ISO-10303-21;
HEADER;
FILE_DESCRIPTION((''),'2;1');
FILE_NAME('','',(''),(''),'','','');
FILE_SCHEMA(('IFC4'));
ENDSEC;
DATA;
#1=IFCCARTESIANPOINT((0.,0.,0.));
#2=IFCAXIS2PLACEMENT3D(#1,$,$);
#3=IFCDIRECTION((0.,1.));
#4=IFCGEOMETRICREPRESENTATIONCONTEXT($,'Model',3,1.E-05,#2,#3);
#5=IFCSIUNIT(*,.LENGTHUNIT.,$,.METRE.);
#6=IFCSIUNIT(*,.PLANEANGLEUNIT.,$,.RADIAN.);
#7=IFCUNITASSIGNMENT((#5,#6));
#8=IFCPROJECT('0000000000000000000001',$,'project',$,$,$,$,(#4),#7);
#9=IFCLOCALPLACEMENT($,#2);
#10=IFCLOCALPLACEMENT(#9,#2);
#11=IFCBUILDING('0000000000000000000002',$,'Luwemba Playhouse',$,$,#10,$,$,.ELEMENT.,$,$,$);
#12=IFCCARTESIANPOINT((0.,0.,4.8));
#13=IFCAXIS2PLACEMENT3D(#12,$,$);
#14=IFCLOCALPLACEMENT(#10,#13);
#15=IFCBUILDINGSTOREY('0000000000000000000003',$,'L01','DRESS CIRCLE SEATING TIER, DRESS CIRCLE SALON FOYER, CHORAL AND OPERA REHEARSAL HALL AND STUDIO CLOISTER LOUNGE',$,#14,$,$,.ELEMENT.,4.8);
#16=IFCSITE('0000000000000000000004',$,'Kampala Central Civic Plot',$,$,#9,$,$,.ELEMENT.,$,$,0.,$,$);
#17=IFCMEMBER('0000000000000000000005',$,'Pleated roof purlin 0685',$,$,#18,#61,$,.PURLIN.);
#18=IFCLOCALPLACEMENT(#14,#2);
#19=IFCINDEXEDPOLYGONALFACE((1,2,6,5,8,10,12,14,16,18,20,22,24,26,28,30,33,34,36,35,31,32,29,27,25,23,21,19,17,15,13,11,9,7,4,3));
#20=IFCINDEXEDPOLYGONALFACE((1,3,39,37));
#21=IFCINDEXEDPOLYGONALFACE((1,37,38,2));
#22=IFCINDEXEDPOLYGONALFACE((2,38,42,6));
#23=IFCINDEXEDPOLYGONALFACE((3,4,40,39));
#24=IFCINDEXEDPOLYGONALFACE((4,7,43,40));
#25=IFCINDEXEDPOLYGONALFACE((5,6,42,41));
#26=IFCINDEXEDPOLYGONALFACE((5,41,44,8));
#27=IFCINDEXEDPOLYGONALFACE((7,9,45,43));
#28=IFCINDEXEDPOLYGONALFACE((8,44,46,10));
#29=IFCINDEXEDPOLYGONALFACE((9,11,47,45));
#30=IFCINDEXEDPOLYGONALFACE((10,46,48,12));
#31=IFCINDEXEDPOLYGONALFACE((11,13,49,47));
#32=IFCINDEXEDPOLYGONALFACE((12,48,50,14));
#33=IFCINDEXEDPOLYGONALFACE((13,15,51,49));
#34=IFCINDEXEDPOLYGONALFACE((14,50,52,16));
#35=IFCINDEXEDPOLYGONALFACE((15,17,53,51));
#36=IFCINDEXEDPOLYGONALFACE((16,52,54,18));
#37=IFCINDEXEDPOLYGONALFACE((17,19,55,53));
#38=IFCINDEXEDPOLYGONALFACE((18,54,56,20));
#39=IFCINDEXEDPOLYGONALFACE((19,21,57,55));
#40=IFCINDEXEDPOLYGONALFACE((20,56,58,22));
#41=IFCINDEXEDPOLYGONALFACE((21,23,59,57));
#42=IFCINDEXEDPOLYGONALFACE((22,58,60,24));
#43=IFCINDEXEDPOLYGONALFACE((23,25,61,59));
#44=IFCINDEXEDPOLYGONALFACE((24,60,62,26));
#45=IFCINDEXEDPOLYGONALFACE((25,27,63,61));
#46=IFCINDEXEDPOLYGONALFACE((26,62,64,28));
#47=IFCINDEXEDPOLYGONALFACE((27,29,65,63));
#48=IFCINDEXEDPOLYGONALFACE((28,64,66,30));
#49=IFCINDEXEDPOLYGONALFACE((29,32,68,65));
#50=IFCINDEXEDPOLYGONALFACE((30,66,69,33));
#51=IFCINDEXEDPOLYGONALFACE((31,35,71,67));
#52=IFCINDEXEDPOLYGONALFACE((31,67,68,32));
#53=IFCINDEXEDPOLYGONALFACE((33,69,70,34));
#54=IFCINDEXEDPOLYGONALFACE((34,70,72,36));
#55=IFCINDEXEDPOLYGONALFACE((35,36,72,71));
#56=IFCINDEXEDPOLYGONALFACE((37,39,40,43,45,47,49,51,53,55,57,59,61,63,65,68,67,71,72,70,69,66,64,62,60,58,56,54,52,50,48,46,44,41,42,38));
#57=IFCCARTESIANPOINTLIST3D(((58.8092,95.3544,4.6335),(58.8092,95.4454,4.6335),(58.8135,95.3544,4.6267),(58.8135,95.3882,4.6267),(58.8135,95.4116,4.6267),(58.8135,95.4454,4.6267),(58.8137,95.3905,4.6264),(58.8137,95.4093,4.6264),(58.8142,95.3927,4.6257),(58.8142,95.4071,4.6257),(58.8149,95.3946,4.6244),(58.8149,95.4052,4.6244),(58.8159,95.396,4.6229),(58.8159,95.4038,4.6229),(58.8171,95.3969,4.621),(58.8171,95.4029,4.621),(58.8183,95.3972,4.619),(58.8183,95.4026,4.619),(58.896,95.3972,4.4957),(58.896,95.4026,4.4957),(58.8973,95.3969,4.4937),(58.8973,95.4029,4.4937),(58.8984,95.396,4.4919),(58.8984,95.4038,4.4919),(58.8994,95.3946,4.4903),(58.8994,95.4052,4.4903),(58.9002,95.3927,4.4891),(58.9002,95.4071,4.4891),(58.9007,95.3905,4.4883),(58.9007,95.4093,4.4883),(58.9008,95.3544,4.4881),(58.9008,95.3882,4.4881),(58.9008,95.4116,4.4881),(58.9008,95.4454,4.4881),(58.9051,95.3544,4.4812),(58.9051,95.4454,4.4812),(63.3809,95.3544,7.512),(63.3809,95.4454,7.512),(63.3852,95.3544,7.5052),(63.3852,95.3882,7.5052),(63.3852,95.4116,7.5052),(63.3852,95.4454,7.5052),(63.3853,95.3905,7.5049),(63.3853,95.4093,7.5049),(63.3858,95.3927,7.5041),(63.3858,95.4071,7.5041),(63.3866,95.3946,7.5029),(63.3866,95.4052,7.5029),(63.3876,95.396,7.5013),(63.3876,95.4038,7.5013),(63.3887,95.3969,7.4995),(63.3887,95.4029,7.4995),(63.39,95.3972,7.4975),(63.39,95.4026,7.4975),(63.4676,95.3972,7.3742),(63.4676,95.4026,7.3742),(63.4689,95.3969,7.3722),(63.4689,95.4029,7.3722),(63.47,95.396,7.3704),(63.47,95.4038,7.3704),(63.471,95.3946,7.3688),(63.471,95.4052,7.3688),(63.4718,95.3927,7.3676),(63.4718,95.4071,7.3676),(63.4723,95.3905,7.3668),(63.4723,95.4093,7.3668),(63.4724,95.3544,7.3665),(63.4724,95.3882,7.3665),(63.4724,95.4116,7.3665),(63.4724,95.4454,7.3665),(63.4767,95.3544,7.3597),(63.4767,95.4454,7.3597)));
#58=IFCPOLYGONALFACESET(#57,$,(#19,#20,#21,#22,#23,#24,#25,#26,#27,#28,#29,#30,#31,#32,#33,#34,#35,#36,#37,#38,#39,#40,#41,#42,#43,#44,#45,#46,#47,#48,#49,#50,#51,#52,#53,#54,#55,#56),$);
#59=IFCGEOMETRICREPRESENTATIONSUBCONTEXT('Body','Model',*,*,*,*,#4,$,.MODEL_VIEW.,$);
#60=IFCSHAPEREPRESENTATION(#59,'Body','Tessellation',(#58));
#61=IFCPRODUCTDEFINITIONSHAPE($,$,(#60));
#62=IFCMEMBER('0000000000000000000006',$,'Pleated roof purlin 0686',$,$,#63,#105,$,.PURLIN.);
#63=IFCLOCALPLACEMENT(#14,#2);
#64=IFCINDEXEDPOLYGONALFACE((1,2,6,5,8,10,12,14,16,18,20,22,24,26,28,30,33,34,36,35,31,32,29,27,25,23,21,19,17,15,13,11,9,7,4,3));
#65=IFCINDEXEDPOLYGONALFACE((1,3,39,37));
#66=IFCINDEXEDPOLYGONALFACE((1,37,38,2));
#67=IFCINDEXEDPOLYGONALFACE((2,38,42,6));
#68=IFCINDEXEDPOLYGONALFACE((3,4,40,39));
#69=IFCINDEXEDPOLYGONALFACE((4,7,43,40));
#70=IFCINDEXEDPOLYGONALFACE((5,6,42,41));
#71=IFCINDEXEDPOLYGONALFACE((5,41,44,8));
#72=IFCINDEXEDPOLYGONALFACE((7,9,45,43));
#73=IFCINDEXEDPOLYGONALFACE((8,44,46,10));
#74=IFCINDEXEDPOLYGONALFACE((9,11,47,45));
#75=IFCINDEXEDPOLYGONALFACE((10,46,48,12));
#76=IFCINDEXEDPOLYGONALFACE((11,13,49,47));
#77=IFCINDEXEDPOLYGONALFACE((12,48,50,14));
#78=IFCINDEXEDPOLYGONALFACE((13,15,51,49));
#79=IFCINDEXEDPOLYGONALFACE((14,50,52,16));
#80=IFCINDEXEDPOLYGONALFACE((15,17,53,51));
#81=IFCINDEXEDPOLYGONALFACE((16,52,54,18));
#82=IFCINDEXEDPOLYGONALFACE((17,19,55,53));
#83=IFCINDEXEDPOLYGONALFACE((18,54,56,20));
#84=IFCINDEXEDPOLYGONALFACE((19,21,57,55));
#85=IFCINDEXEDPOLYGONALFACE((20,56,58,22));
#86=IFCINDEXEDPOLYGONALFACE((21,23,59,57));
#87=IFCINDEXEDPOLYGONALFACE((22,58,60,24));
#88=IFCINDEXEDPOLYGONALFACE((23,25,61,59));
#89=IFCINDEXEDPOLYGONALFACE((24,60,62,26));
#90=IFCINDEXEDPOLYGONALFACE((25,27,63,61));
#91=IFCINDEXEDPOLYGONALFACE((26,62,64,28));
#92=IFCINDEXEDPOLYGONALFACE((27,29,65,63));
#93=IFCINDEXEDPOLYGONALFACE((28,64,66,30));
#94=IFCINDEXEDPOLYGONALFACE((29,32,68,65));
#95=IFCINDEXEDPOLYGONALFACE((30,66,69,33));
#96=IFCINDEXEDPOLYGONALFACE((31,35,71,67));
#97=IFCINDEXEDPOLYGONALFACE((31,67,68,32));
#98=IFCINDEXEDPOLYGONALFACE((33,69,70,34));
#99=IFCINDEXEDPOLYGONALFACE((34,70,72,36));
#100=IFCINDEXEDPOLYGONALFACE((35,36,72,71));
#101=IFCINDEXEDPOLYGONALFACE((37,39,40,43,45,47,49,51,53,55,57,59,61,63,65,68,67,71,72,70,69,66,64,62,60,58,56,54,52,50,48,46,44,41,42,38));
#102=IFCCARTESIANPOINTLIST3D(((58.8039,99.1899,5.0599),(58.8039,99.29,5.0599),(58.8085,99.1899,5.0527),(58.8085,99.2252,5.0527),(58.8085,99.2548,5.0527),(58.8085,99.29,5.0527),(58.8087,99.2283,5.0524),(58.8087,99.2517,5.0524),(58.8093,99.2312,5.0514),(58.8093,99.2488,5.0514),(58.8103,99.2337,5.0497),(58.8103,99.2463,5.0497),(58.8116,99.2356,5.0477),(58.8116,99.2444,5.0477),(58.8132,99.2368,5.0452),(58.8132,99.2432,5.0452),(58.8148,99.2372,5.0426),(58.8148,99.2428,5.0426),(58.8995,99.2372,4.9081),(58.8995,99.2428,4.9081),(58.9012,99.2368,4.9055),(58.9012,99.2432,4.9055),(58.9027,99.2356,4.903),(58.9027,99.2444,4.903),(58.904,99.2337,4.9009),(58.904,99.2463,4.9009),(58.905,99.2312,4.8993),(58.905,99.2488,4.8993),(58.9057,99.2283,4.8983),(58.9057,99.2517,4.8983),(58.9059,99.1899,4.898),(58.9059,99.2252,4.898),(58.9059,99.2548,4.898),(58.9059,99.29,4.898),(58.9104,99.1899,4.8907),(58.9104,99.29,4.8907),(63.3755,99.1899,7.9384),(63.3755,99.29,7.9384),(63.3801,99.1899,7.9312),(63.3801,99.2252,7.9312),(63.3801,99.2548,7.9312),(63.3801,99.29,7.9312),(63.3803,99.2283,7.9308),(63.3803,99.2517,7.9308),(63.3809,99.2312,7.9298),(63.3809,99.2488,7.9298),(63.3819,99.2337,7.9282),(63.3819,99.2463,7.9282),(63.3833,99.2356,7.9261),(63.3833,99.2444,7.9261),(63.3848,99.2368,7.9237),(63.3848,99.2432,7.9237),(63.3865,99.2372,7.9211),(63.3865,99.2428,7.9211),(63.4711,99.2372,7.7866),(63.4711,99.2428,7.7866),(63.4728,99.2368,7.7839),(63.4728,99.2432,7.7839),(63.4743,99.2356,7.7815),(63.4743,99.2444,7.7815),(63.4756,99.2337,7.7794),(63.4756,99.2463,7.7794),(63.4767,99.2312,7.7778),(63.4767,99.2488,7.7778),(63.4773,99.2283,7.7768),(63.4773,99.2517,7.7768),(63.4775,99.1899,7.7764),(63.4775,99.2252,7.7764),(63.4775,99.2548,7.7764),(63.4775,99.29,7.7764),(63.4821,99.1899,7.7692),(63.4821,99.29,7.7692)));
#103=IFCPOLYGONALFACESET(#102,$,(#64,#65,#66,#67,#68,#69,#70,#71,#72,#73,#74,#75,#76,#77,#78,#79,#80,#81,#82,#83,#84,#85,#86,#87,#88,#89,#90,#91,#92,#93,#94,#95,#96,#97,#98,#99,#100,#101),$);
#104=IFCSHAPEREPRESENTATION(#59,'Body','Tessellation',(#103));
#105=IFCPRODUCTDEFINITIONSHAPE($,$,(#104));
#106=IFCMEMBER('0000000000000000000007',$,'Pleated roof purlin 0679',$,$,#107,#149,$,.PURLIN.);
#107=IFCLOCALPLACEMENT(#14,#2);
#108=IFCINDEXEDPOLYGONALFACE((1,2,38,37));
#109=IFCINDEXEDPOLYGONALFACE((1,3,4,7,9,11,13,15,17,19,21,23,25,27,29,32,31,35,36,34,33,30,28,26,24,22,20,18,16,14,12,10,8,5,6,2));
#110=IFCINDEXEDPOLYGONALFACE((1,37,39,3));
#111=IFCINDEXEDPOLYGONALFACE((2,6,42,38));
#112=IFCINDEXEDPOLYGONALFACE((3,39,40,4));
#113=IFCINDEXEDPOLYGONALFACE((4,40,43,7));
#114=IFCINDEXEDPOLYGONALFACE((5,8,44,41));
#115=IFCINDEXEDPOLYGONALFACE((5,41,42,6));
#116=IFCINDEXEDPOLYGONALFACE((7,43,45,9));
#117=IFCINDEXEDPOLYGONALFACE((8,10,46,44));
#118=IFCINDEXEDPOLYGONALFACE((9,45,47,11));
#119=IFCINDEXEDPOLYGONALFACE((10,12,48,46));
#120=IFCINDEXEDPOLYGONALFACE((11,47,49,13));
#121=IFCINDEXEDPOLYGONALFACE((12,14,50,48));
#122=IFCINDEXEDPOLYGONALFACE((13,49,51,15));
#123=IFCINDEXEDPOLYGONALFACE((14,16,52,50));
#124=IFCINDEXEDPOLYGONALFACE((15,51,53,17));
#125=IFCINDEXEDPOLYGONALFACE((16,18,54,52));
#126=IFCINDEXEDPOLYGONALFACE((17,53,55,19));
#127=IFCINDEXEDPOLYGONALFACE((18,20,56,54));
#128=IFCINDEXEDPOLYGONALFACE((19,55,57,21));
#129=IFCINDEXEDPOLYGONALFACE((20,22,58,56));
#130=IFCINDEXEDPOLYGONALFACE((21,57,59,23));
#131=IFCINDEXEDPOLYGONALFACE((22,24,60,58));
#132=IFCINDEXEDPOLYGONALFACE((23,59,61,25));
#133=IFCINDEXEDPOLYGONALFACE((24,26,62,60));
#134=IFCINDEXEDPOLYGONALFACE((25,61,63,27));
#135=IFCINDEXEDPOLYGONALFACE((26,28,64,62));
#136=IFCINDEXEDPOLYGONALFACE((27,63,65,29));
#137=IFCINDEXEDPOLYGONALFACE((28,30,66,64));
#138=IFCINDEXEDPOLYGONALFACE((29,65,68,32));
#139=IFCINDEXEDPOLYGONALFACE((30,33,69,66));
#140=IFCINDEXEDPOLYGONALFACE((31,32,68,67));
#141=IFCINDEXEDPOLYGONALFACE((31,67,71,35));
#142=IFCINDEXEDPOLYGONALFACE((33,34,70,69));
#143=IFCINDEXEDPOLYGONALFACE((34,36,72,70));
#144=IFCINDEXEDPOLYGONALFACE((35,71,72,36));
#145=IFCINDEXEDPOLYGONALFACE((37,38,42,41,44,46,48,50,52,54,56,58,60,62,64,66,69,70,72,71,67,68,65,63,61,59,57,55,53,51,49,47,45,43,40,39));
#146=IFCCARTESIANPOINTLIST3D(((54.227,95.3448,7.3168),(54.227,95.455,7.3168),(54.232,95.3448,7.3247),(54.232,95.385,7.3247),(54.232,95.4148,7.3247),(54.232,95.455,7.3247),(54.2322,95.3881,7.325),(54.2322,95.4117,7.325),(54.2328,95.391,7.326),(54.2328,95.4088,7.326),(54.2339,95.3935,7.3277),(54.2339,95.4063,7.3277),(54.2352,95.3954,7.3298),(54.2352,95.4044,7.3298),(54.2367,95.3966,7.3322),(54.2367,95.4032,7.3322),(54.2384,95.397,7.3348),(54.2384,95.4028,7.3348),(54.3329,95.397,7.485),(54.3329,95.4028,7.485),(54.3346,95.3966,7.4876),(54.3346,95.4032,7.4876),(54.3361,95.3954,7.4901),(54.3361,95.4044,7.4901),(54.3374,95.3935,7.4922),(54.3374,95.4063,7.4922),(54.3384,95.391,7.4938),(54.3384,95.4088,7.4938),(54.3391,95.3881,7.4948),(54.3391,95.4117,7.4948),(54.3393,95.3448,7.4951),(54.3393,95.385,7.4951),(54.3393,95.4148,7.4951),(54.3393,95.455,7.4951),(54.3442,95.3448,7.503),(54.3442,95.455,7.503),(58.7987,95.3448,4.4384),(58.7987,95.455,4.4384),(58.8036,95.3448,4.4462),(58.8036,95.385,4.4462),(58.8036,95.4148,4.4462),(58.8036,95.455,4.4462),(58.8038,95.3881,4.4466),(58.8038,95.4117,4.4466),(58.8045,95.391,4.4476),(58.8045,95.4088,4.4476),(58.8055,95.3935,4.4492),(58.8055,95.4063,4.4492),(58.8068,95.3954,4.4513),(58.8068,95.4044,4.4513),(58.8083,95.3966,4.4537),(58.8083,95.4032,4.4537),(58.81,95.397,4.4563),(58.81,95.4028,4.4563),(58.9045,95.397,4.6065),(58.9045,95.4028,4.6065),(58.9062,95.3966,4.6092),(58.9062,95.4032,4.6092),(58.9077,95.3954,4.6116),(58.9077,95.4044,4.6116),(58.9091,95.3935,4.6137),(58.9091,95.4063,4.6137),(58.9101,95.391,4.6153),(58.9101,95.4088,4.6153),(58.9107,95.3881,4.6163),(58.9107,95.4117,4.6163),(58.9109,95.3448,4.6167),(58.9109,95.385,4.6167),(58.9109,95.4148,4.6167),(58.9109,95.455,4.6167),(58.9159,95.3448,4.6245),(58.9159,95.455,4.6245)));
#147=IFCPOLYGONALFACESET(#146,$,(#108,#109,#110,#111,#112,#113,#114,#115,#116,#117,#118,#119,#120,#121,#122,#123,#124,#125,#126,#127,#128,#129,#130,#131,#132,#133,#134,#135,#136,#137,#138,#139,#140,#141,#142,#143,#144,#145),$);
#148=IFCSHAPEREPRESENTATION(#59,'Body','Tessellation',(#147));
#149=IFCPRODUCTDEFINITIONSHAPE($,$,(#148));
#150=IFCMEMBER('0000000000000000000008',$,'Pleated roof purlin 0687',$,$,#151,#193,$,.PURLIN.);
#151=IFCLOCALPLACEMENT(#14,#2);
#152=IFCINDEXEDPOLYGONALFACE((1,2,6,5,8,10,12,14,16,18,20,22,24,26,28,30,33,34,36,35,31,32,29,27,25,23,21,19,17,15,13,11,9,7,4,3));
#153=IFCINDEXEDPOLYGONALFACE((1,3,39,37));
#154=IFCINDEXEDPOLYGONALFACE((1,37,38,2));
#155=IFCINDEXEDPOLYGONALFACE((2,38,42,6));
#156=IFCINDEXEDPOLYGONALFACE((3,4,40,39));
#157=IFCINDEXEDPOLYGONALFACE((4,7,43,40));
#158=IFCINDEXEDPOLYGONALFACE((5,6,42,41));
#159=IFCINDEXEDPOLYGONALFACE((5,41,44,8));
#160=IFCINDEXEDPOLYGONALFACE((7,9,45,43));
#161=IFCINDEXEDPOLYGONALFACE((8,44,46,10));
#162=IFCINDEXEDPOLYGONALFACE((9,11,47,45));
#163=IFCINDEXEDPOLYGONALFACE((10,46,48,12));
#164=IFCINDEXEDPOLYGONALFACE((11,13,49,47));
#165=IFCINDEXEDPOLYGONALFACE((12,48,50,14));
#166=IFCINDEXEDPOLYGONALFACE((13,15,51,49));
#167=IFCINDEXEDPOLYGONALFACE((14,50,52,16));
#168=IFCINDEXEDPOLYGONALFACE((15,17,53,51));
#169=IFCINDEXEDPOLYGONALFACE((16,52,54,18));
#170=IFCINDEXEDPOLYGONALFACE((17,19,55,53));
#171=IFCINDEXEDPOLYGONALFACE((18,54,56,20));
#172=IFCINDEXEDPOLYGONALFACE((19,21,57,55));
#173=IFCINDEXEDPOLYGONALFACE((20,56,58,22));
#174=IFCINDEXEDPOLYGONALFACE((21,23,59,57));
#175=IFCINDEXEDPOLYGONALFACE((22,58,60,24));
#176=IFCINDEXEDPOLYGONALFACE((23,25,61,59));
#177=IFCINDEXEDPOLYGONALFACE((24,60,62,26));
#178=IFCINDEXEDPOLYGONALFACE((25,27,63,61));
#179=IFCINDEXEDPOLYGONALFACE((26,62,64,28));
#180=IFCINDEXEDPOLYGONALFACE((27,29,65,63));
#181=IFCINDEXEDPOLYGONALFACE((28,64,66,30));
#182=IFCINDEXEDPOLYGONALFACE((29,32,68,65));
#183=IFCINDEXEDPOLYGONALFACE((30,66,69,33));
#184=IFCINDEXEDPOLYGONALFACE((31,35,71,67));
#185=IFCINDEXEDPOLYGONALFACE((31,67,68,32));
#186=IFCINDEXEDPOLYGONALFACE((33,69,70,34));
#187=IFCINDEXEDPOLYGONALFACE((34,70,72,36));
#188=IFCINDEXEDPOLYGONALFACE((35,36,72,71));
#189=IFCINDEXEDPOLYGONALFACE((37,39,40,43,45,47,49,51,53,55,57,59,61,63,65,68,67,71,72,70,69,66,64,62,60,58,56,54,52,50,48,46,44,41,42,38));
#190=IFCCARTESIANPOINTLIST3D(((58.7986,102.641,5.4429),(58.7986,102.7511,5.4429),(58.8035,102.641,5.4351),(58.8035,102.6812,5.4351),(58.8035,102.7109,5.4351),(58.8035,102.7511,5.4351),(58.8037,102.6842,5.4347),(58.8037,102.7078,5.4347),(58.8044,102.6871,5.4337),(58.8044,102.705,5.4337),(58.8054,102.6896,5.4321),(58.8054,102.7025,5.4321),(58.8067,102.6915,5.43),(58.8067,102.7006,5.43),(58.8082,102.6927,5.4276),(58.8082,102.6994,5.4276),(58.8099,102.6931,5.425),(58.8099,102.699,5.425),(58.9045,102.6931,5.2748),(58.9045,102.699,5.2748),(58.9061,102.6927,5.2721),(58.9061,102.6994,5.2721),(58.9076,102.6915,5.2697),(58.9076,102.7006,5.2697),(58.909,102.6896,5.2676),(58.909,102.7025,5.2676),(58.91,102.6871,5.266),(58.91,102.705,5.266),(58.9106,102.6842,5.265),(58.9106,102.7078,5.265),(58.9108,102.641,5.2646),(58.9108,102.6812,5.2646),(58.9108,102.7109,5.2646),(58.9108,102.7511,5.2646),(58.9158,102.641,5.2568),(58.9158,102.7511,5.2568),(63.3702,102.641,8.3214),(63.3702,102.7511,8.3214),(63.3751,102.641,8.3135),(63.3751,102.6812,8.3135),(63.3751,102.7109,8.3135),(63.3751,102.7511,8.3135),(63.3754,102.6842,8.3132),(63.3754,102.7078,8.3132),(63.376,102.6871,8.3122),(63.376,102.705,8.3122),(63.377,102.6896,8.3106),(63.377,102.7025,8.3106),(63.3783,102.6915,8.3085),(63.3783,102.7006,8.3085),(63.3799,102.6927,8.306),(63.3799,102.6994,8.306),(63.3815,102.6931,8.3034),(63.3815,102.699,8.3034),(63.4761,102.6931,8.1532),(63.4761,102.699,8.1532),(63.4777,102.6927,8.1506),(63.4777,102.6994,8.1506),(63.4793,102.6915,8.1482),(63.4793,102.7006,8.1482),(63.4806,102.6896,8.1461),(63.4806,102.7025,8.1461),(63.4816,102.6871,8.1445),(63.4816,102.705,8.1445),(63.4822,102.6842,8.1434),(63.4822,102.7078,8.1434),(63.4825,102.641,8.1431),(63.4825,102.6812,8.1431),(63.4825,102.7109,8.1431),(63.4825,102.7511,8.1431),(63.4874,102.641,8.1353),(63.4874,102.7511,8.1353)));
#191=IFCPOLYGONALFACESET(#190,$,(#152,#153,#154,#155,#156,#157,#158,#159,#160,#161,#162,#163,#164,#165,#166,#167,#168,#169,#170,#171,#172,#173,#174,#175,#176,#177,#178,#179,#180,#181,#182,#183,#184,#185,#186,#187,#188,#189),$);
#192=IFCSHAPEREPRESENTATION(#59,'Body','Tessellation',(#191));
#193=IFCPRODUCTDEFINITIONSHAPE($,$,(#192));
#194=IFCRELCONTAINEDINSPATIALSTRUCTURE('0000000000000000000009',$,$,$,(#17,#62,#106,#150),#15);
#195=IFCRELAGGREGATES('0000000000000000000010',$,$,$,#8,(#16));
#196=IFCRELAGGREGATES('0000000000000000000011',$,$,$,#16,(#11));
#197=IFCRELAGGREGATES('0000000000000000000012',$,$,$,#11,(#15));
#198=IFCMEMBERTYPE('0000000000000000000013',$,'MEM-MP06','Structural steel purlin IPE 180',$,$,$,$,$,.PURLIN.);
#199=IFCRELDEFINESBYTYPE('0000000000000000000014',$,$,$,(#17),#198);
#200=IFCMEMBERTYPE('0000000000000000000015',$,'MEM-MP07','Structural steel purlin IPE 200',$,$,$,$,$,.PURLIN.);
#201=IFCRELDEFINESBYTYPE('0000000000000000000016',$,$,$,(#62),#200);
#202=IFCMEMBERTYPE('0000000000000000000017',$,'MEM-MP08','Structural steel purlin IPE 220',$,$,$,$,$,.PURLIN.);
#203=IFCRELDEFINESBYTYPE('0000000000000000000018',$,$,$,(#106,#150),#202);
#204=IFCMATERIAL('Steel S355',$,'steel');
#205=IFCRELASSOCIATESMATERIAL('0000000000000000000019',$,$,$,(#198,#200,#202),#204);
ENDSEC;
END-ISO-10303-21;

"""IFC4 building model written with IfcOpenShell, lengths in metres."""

from ifc_helpers import new_model, si_unit, direction, frame, origin, origin_2d, place, context, subcontext, project, spatial, i_section, extrude, material, material_profile, profile_set, type_object, element, save


model = new_model("IFC4")

# Units and contexts
model_context = context("Model", 3, precision=1e-05, world=origin(), true_north=direction((0.0, 1.0)))
body_context = subcontext(model_context, "Body", "Model", "MODEL_VIEW")
ifc_project = project(units=[si_unit("LENGTHUNIT", "METRE"), si_unit("PLANEANGLEUNIT", "RADIAN")], contexts=[model_context])

# Site, building, storey
site_placement = place(None, origin())
site = spatial("IfcSite", under=ifc_project, at=site_placement, Name="Kampala Central Civic Plot", CompositionType="ELEMENT", RefElevation=0.0)
building_placement = place(site_placement, origin())
building = spatial("IfcBuilding", under=site, at=building_placement, Name="Luwemba Playhouse", CompositionType="ELEMENT")
storey_placement = place(building_placement, frame((0.0, 0.0, 4.8)))
storey = spatial("IfcBuildingStorey", under=building, at=storey_placement, Name="L01", Description="DRESS CIRCLE SEATING TIER, DRESS CIRCLE SALON FOYER, CHORAL AND OPERA REHEARSAL HALL AND STUDIO CLOISTER LOUNGE", CompositionType="ELEMENT", Elevation=4.8)

# Shared definitions
ifc_material_1 = material(Name="Steel S355", Category="steel")

# Members
ifc_material_profile_1 = material_profile(ifc_material_1, i_section(OverallWidth=0.0911, OverallDepth=0.1799, WebThickness=0.0054, FlangeThickness=0.0081, FilletRadius=0.009, at=origin_2d()))
ifc_profile_set_1 = profile_set([ifc_material_profile_1], Name="Steel S355")
member_type_1 = type_object("IfcMemberType", Name="MEM-MP06", Description="Structural steel purlin IPE 180", PredefinedType="PURLIN", material=ifc_profile_set_1)
for number, where, z_axis, x_axis, name in (
    (1, (58.8572, 95.3999, 4.5574), (0.846229, 0.0, 0.532819), (0.0, 1.0, 0.0), "Pleated roof purlin 0685"),
):
    element("IfcMember", number, at=place(storey_placement, frame(where, z_axis=z_axis, x_axis=x_axis)), inside=storey, type_object=member_type_1, Name=name, PredefinedType="PURLIN", context=body_context, shape_type="SweptSolid", body=[
        extrude(i_section(OverallWidth=0.0911, OverallDepth=0.1799, WebThickness=0.0054, FlangeThickness=0.0081, FilletRadius=0.009, at=origin_2d()), origin(), (0.0, 0.0, 1.0), 5.4023),
    ])
ifc_material_profile_2 = material_profile(ifc_material_1, i_section(OverallWidth=0.1001, OverallDepth=0.2, WebThickness=0.0056, FlangeThickness=0.0085, FilletRadius=0.012, at=origin_2d()))
ifc_profile_set_2 = profile_set([ifc_material_profile_2], Name="Steel S355")
member_type_2 = type_object("IfcMemberType", Name="MEM-MP07", Description="Structural steel purlin IPE 200", PredefinedType="PURLIN", material=ifc_profile_set_2)
member_1_placement = place(storey_placement, frame((58.8572, 99.24, 4.9753), z_axis=(0.846229, 0.0, 0.532819), x_axis=(0.0, 1.0, 0.0)))
element("IfcMember", 2, at=member_1_placement, inside=storey, type_object=member_type_2, Name="Pleated roof purlin 0686", PredefinedType="PURLIN", context=body_context, shape_type="SweptSolid", body=[
    extrude(i_section(OverallWidth=0.1001, OverallDepth=0.2, WebThickness=0.0056, FlangeThickness=0.0085, FilletRadius=0.012, at=origin_2d()), origin(), (0.0, 0.0, 1.0), 5.4023),
])
ifc_material_profile_3 = material_profile(ifc_material_1, i_section(OverallWidth=0.1101, OverallDepth=0.22, WebThickness=0.0059, FlangeThickness=0.0093, FilletRadius=0.012, at=origin_2d()))
ifc_profile_set_3 = profile_set([ifc_material_profile_3], Name="Steel S355")
member_type_3 = type_object("IfcMemberType", Name="MEM-MP08", Description="Structural steel purlin IPE 220", PredefinedType="PURLIN", material=ifc_profile_set_3)
for number, where, z_axis, x_axis, name in (
    (3, (54.2856, 95.3999, 7.4099), (0.846229, 0.0, -0.532819), (0.0, 1.0, 0.0), "Pleated roof purlin 0679"),
    (4, (58.8572, 102.696, 5.3499), (0.846229, 0.0, 0.532819), (0.0, 1.0, 0.0), "Pleated roof purlin 0687"),
):
    element("IfcMember", number, at=place(storey_placement, frame(where, z_axis=z_axis, x_axis=x_axis)), inside=storey, type_object=member_type_3, Name=name, PredefinedType="PURLIN", context=body_context, shape_type="SweptSolid", body=[
        extrude(i_section(OverallWidth=0.1101, OverallDepth=0.22, WebThickness=0.0059, FlangeThickness=0.0093, FilletRadius=0.012, at=origin_2d()), origin(), (0.0, 0.0, 1.0), 5.4023),
    ])

save(model, "model.ifc")
